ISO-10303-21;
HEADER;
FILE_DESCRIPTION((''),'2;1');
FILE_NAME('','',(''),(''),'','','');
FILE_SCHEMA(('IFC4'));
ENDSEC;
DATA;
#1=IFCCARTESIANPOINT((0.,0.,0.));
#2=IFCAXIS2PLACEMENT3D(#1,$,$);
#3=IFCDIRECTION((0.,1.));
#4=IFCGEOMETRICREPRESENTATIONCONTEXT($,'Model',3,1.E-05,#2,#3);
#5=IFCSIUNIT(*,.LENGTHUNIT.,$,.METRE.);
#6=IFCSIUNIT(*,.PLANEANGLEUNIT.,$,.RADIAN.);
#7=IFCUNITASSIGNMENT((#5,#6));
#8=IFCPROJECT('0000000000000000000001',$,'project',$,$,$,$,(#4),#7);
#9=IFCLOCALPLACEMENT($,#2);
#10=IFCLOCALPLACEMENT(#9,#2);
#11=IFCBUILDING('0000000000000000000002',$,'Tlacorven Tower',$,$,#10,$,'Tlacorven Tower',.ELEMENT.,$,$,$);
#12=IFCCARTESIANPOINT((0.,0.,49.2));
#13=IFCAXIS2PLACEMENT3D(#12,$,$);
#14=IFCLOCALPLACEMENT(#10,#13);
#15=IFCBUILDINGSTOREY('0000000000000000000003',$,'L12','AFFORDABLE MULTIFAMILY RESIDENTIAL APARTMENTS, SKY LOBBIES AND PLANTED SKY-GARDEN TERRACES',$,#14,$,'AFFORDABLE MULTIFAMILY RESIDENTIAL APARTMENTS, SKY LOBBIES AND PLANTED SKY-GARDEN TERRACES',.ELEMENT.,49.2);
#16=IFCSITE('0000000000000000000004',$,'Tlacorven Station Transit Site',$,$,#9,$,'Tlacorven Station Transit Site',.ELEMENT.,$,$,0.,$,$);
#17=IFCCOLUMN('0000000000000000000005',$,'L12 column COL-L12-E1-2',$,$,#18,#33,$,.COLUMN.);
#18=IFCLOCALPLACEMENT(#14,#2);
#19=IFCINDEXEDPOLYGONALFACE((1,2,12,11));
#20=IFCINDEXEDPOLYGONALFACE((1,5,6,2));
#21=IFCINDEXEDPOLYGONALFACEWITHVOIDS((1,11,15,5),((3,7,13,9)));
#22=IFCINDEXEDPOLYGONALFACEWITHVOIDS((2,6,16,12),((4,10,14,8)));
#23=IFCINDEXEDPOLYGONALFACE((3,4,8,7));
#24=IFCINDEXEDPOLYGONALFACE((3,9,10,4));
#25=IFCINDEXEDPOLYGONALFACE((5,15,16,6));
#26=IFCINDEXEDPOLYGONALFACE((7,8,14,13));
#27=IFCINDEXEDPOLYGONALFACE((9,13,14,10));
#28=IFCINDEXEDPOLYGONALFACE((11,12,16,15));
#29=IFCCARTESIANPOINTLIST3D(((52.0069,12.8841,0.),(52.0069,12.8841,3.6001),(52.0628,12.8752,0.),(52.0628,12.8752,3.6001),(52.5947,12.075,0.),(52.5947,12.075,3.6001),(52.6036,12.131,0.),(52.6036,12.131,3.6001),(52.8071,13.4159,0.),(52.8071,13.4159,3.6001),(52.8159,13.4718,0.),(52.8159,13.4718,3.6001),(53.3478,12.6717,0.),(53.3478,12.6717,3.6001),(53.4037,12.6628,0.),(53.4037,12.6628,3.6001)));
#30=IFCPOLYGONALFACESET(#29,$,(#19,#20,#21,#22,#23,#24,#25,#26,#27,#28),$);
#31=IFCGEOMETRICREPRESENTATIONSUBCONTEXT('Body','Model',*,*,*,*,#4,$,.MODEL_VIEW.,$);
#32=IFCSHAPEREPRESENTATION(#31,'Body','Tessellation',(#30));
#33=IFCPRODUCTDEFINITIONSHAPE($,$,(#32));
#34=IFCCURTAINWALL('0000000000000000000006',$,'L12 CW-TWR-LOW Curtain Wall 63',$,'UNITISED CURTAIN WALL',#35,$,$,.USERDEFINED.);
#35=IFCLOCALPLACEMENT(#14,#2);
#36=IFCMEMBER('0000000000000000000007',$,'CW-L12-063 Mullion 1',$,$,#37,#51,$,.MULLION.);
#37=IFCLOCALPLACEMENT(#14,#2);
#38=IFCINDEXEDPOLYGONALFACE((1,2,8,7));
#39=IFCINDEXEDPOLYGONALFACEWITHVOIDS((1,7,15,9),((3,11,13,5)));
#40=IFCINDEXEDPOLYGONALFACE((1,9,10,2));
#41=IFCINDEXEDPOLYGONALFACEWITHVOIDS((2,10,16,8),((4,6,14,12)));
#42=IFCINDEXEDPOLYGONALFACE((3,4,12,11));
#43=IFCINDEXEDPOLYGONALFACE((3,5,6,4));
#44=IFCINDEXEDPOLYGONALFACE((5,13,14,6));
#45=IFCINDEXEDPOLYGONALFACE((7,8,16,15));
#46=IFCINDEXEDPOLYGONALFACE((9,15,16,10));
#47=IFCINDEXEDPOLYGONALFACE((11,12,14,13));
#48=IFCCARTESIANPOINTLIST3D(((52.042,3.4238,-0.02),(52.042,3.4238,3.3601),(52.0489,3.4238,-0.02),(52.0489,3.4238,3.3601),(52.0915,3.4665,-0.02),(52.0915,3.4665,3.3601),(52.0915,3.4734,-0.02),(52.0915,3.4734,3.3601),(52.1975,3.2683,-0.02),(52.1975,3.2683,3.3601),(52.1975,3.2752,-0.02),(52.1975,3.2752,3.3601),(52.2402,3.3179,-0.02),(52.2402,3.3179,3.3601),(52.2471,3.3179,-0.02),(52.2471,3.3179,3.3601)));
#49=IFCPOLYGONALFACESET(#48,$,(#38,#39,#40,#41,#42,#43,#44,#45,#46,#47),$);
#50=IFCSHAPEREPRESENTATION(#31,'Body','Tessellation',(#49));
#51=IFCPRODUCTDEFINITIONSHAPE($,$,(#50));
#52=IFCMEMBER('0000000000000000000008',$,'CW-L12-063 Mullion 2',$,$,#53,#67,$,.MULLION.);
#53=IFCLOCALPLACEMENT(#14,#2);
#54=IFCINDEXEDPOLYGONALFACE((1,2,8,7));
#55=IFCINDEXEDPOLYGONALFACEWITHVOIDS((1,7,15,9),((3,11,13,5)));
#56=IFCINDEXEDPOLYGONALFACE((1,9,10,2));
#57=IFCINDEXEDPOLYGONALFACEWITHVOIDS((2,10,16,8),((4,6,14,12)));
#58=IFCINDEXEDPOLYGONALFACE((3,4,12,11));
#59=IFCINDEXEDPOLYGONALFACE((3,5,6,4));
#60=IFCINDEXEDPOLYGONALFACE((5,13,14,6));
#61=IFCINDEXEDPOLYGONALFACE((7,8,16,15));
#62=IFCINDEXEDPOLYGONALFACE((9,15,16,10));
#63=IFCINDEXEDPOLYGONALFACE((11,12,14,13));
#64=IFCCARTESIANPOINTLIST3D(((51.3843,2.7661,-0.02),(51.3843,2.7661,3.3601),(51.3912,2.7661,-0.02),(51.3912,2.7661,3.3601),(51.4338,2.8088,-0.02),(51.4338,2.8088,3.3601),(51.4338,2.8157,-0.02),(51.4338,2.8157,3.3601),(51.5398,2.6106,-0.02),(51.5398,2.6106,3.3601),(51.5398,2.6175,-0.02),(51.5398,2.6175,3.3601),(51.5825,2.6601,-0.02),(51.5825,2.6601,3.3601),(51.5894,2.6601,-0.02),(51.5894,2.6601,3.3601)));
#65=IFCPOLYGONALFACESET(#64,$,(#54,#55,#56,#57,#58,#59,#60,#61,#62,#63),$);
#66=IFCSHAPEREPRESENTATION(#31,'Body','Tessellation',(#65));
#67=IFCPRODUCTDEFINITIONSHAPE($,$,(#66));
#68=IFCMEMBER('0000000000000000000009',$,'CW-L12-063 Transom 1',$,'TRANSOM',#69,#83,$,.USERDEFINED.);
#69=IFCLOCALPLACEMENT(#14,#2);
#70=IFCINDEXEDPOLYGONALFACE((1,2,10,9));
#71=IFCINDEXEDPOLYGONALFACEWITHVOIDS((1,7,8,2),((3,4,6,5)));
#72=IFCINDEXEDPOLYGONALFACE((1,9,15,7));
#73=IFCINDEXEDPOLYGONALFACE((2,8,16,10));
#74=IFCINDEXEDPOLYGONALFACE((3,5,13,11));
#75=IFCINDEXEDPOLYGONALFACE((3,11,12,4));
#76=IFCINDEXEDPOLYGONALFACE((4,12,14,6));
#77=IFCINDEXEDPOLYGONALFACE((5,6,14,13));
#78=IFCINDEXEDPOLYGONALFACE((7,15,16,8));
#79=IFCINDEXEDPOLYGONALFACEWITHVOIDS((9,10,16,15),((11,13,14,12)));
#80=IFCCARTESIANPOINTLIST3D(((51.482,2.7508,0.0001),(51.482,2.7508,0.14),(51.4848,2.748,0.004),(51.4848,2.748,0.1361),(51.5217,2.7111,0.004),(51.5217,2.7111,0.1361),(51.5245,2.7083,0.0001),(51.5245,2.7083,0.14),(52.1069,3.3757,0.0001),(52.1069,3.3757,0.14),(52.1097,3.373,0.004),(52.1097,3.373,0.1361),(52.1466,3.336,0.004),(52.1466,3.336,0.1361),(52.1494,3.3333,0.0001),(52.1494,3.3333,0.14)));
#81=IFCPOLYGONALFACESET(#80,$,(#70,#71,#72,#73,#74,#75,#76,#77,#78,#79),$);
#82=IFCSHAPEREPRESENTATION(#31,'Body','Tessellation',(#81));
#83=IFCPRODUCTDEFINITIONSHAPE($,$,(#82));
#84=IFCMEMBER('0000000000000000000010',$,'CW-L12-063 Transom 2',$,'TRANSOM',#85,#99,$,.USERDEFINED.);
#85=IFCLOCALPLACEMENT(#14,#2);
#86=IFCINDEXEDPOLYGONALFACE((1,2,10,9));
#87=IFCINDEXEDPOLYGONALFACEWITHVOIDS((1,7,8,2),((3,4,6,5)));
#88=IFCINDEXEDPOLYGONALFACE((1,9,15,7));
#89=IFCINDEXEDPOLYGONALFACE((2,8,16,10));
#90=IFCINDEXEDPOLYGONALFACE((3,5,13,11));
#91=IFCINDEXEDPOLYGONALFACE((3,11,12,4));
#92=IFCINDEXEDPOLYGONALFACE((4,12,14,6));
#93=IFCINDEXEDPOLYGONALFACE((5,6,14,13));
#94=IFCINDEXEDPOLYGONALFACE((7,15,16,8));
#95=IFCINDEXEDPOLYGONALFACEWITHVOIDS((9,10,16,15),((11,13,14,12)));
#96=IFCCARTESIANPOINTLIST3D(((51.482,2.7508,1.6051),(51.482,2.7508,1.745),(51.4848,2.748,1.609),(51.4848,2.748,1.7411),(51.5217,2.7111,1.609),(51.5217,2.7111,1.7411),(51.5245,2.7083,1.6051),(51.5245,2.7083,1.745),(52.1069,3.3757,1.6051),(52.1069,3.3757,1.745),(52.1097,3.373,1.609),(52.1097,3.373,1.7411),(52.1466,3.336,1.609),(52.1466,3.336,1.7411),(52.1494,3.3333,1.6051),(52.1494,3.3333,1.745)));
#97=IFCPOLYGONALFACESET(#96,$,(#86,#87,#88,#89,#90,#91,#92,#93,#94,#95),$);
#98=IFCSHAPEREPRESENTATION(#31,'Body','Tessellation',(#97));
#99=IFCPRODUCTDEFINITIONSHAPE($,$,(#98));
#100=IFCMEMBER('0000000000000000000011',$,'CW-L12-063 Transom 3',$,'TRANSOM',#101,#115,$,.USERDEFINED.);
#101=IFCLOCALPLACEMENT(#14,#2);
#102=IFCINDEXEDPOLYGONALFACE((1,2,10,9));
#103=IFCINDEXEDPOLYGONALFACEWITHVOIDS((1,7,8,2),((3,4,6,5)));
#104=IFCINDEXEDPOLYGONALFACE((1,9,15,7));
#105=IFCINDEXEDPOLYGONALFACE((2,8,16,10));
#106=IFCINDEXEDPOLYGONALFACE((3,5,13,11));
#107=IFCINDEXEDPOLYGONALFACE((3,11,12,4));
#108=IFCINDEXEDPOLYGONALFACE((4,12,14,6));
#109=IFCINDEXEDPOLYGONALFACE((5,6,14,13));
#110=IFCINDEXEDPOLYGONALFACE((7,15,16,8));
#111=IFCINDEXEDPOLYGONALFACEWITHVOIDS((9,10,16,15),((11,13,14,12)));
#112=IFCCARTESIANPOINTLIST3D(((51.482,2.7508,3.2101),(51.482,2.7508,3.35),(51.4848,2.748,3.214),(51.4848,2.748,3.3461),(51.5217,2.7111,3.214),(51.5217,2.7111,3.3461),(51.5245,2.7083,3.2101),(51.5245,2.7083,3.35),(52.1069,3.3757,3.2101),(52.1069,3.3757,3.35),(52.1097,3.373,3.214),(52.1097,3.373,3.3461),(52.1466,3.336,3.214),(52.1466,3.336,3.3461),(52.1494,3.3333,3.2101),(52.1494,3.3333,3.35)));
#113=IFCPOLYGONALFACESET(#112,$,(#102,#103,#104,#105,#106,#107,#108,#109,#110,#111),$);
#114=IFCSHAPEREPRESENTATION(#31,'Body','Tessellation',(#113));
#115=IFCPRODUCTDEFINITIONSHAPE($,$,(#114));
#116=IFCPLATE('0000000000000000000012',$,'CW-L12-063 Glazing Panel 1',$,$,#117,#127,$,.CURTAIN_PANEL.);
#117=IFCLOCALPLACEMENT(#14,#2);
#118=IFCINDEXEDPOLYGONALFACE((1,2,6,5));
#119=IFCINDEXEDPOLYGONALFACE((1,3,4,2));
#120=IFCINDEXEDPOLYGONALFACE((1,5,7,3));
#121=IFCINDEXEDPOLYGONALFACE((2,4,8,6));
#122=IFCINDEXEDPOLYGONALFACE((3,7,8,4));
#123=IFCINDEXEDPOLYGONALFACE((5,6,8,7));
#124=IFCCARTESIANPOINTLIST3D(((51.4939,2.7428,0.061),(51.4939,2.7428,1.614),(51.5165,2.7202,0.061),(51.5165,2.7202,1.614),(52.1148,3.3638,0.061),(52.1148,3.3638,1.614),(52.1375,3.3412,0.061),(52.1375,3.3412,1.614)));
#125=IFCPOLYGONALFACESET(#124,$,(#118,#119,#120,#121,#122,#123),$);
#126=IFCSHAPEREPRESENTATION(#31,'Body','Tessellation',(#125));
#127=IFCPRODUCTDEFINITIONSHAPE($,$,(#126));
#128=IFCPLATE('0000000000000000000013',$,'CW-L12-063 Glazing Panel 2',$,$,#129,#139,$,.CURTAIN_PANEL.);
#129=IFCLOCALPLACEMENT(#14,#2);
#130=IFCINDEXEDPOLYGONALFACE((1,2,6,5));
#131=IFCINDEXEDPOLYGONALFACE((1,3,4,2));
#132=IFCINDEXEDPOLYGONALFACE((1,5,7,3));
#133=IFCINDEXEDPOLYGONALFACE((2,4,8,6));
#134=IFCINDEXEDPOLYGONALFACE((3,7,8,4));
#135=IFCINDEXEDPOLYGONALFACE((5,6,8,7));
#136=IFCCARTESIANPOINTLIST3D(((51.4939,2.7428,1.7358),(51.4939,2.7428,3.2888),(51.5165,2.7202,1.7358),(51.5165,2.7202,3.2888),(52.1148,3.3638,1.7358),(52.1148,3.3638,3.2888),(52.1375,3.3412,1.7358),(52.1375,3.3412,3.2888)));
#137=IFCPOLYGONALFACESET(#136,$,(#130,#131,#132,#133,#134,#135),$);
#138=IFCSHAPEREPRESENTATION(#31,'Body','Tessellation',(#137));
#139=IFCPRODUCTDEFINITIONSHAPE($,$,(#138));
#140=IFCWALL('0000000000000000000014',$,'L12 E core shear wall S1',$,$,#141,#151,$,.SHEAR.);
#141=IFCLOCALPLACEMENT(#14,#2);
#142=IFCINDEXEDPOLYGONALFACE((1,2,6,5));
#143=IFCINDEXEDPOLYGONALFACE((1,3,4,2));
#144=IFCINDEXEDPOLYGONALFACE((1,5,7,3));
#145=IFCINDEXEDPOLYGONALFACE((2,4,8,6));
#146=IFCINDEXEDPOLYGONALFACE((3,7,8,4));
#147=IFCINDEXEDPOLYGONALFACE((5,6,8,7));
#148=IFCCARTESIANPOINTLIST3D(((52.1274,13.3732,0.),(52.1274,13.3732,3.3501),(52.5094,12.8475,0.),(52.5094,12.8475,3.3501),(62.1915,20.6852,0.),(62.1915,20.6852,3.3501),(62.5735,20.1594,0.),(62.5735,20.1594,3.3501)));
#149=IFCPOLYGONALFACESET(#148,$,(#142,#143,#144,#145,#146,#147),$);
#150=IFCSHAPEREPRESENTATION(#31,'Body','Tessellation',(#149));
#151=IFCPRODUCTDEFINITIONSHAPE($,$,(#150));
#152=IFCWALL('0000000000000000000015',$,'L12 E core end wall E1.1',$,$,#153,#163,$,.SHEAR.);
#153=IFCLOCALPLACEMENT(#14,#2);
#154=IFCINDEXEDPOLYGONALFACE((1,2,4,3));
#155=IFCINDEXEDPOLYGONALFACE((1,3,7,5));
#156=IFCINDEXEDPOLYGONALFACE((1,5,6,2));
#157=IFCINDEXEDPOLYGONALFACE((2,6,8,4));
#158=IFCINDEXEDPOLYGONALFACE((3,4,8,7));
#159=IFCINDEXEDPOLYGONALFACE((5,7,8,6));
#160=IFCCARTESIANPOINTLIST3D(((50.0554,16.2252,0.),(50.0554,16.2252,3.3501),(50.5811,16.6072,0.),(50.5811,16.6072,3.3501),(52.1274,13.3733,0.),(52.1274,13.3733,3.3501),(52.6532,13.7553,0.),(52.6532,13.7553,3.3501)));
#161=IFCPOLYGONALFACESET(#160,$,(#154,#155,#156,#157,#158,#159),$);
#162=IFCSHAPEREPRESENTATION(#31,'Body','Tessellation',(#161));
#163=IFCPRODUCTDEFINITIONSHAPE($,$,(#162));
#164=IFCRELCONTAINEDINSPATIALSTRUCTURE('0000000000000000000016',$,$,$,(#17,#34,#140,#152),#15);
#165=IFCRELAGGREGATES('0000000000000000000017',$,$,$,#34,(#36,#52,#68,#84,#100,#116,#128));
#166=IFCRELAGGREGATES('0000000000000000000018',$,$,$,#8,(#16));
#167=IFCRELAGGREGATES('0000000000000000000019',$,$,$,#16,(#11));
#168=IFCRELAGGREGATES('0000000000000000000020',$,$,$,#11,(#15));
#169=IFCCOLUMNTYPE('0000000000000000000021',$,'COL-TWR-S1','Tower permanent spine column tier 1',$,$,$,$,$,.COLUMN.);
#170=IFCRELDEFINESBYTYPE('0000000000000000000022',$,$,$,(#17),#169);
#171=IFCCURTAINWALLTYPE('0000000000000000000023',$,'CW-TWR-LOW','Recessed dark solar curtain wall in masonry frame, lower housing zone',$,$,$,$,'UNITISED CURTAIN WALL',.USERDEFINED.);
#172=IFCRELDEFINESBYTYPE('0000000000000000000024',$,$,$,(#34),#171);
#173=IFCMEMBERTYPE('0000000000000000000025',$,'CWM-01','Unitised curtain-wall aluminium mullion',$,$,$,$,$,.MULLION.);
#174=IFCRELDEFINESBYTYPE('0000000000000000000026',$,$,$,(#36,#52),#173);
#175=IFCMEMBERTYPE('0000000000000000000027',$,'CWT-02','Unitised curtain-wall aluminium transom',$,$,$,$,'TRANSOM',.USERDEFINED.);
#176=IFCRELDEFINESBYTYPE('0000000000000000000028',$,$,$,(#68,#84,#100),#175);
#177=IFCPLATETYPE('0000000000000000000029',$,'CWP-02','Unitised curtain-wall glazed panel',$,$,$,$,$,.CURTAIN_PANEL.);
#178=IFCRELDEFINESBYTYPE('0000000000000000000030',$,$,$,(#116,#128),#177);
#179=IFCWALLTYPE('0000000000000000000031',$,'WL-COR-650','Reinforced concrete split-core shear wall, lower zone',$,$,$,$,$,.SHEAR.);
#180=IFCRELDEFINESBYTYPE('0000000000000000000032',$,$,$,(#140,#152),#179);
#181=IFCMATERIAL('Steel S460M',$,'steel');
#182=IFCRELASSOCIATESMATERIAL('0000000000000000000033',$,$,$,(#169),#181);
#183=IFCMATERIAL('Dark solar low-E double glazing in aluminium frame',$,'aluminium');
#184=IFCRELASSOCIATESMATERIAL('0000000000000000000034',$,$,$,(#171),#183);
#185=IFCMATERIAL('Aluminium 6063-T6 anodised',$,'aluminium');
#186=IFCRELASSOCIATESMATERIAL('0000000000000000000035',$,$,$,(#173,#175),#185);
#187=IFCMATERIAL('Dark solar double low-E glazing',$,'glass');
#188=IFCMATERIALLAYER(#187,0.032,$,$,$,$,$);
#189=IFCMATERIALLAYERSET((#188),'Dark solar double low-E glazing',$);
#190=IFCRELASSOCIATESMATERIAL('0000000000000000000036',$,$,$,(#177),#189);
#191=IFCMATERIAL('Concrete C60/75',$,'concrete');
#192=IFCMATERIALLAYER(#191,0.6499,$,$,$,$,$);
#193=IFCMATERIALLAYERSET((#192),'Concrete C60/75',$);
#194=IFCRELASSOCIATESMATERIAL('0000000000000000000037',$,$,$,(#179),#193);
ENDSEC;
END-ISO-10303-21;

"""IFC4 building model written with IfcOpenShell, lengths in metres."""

from ifc_helpers import new_model, si_unit, direction, frame, frame_2d, origin, origin_2d, place, context, subcontext, project, spatial, rectangle, hollow_rectangle, extrude, source, transform, mapped, material, layer, layer_set, material_profile, profile_set, type_object, element, aggregate, save


model = new_model("IFC4")

# Units and contexts
model_context = context("Model", 3, precision=1e-05, world=origin(), true_north=direction((0.0, 1.0)))
body_context = subcontext(model_context, "Body", "Model", "MODEL_VIEW")
ifc_project = project(units=[si_unit("LENGTHUNIT", "METRE"), si_unit("PLANEANGLEUNIT", "RADIAN")], contexts=[model_context])

# Site, building, storey
site_placement = place(None, origin())
site = spatial("IfcSite", under=ifc_project, at=site_placement, Name="Tlacorven Station Transit Site", LongName="Tlacorven Station Transit Site", CompositionType="ELEMENT", RefElevation=0.0)
building_placement = place(site_placement, origin())
building = spatial("IfcBuilding", under=site, at=building_placement, Name="Tlacorven Tower", LongName="Tlacorven Tower", CompositionType="ELEMENT")
storey_placement = place(building_placement, frame((0.0, 0.0, 49.2)))
storey = spatial("IfcBuildingStorey", under=building, at=storey_placement, Name="L12", Description="AFFORDABLE MULTIFAMILY RESIDENTIAL APARTMENTS, SKY LOBBIES AND PLANTED SKY-GARDEN TERRACES", LongName="AFFORDABLE MULTIFAMILY RESIDENTIAL APARTMENTS, SKY LOBBIES AND PLANTED SKY-GARDEN TERRACES", CompositionType="ELEMENT", Elevation=49.2)

# Column
ifc_material_1 = material(Name="Steel S460M", Category="steel")
ifc_material_profile_1 = material_profile(ifc_material_1, hollow_rectangle(XDim=1.0, YDim=1.0, WallThickness=0.04, at=origin_2d()), Name="BOX 1000X1000X40")
ifc_profile_set_1 = profile_set([ifc_material_profile_1], Name="Steel S460M")
column_type = type_object("IfcColumnType", Name="COL-TWR-S1", Description="Tower permanent spine column tier 1", PredefinedType="COLUMN", material=ifc_profile_set_1)
shared_shape_1 = source(origin(), body_context, "Body", "SweptSolid", [
    extrude(hollow_rectangle(XDim=1.0, YDim=1.0, WallThickness=0.04, at=origin_2d()), origin(), (0.0, 0.0, 1.0), 3.6001),
])
column_placement = place(storey_placement, frame((52.7053, 12.7734, 0.0), z_axis=(0.0, 0.0, 1.0), x_axis=(0.809017, 0.587785, 0.0)))
element("IfcColumn", 1, at=column_placement, inside=storey, type_object=column_type, Name="L12 column COL-L12-E1-2", PredefinedType="COLUMN", context=body_context, shape_type="MappedRepresentation", body=[
    mapped(shared_shape_1, transform((0.0, 0.0, 0.0), scale=1.0)),
])

# Curtain wall, members, plates
ifc_material_2 = material(Name="Dark solar low-E double glazing in aluminium frame", Category="aluminium")
curtain_wall_type = type_object("IfcCurtainWallType", Name="CW-TWR-LOW", Description="Recessed dark solar curtain wall in masonry frame, lower housing zone", ElementType="UNITISED CURTAIN WALL", PredefinedType="USERDEFINED", material=ifc_material_2)
curtain_wall_placement = place(storey_placement, origin())
curtain_wall = element("IfcCurtainWall", 2, at=curtain_wall_placement, inside=storey, type_object=curtain_wall_type, Name="L12 CW-TWR-LOW Curtain Wall 63", ObjectType="UNITISED CURTAIN WALL", PredefinedType="USERDEFINED")
ifc_material_3 = material(Name="Aluminium 6063-T6 anodised", Category="aluminium")
ifc_material_profile_2 = material_profile(ifc_material_3, hollow_rectangle(XDim=0.0701, YDim=0.22, WallThickness=0.0049, at=origin_2d()), Name="ALU MULLION 70X220")
ifc_profile_set_2 = profile_set([ifc_material_profile_2], Name="Aluminium 6063-T6 anodised")
member_type_1 = type_object("IfcMemberType", Name="CWM-01", Description="Unitised curtain-wall aluminium mullion", PredefinedType="MULLION", material=ifc_profile_set_2)
shared_shape_2 = source(origin(), body_context, "Body", "SweptSolid", [
    extrude(hollow_rectangle(XDim=0.0701, YDim=0.22, WallThickness=0.0049, at=origin_2d()), origin(), (0.0, 0.0, 1.0), 3.3801),
])
member_1_placement = place(storey_placement, frame((52.1445, 3.3708, -0.02), z_axis=(0.0, 0.0, 1.0), x_axis=(-0.707107, -0.707107, 0.0)))
member_1 = element("IfcMember", 3, at=member_1_placement, type_object=member_type_1, Name="CW-L12-063 Mullion 1", PredefinedType="MULLION", context=body_context, shape_type="MappedRepresentation", body=[
    mapped(shared_shape_2, transform((0.0, 0.0, 0.0), scale=1.0)),
])
member_2_placement = place(storey_placement, frame((51.4868, 2.7131, -0.02), z_axis=(0.0, 0.0, 1.0), x_axis=(-0.707107, -0.707107, 0.0)))
member_2 = element("IfcMember", 4, at=member_2_placement, type_object=member_type_1, Name="CW-L12-063 Mullion 2", PredefinedType="MULLION", context=body_context, shape_type="MappedRepresentation", body=[
    mapped(shared_shape_2, transform((0.0, 0.0, 0.0), scale=1.0)),
])
ifc_material_profile_3 = material_profile(ifc_material_3, hollow_rectangle(XDim=0.0601, YDim=0.1399, WallThickness=0.0039, at=origin_2d()), Name="ALU TRANSOM 60X140")
ifc_profile_set_3 = profile_set([ifc_material_profile_3], Name="Aluminium 6063-T6 anodised")
member_type_2 = type_object("IfcMemberType", Name="CWT-02", Description="Unitised curtain-wall aluminium transom", ElementType="TRANSOM", PredefinedType="USERDEFINED", material=ifc_profile_set_3)
shared_shape_3 = source(origin(), body_context, "Body", "SweptSolid", [
    extrude(hollow_rectangle(XDim=0.0601, YDim=0.1399, WallThickness=0.0039, at=origin_2d()), origin(), (0.0, 0.0, 1.0), 0.8838),
])
member_3_placement = place(storey_placement, frame((52.1282, 3.3545, 0.0701), z_axis=(-0.707107, -0.707107, 0.0), x_axis=(0.707107, -0.707107, 0.0)))
member_3 = element("IfcMember", 5, at=member_3_placement, type_object=member_type_2, Name="CW-L12-063 Transom 1", ObjectType="TRANSOM", PredefinedType="USERDEFINED", context=body_context, shape_type="MappedRepresentation", body=[
    mapped(shared_shape_3, transform((0.0, 0.0, 0.0), scale=1.0)),
])
member_4_placement = place(storey_placement, frame((52.1282, 3.3545, 1.675), z_axis=(-0.707107, -0.707107, 0.0), x_axis=(0.707107, -0.707107, 0.0)))
member_4 = element("IfcMember", 6, at=member_4_placement, type_object=member_type_2, Name="CW-L12-063 Transom 2", ObjectType="TRANSOM", PredefinedType="USERDEFINED", context=body_context, shape_type="MappedRepresentation", body=[
    mapped(shared_shape_3, transform((0.0, 0.0, 0.0), scale=1.0)),
])
member_5_placement = place(storey_placement, frame((52.1282, 3.3545, 3.28), z_axis=(-0.707107, -0.707107, 0.0), x_axis=(0.707107, -0.707107, 0.0)))
member_5 = element("IfcMember", 7, at=member_5_placement, type_object=member_type_2, Name="CW-L12-063 Transom 3", ObjectType="TRANSOM", PredefinedType="USERDEFINED", context=body_context, shape_type="MappedRepresentation", body=[
    mapped(shared_shape_3, transform((0.0, 0.0, 0.0), scale=1.0)),
])
ifc_material_4 = material(Name="Dark solar double low-E glazing", Category="glass")
ifc_layer_1 = layer(ifc_material_4, 0.032)
ifc_layer_set_1 = layer_set([ifc_layer_1], Name="Dark solar double low-E glazing")
plate_type = type_object("IfcPlateType", Name="CWP-02", Description="Unitised curtain-wall glazed panel", PredefinedType="CURTAIN_PANEL", material=ifc_layer_set_1)
shared_shape_4 = source(origin(), body_context, "Body", "SweptSolid", [
    extrude(rectangle(XDim=0.8782, YDim=0.032, at=origin_2d()), origin(), (0.0, 0.0, 1.0), 1.553),
])
plate_1_placement = place(storey_placement, frame((51.8157, 3.042, 0.061), z_axis=(0.0, 0.0, 1.0), x_axis=(-0.707107, -0.707107, 0.0)))
plate_1 = element("IfcPlate", 8, at=plate_1_placement, type_object=plate_type, Name="CW-L12-063 Glazing Panel 1", PredefinedType="CURTAIN_PANEL", context=body_context, shape_type="MappedRepresentation", body=[
    mapped(shared_shape_4, transform((0.0, 0.0, 0.0), scale=1.0)),
])
plate_2_placement = place(storey_placement, frame((51.8157, 3.042, 1.7358), z_axis=(0.0, 0.0, 1.0), x_axis=(-0.707107, -0.707107, 0.0)))
plate_2 = element("IfcPlate", 9, at=plate_2_placement, type_object=plate_type, Name="CW-L12-063 Glazing Panel 2", PredefinedType="CURTAIN_PANEL", context=body_context, shape_type="MappedRepresentation", body=[
    mapped(shared_shape_4, transform((0.0, 0.0, 0.0), scale=1.0)),
])
aggregate(curtain_wall, [member_1, member_2, member_3, member_4, member_5, plate_1, plate_2])

# Walls
ifc_material_5 = material(Name="Concrete C60/75", Category="concrete")
ifc_layer_2 = layer(ifc_material_5, 0.6499)
ifc_layer_set_2 = layer_set([ifc_layer_2], Name="Concrete C60/75")
wall_type_1 = type_object("IfcWallType", Name="WL-COR-650", Description="Reinforced concrete split-core shear wall, lower zone", PredefinedType="SHEAR", material=ifc_layer_set_2)
wall_1_placement = place(storey_placement, frame((52.3184, 13.1104, 0.0), z_axis=(0.0, 0.0, 1.0), x_axis=(0.809019, 0.587782, 0.0)))
element("IfcWall", 10, at=wall_1_placement, inside=storey, type_object=wall_type_1, Name="L12 E core shear wall S1", PredefinedType="SHEAR", context=body_context, shape_type="SweptSolid", body=[
    extrude(rectangle(XDim=12.4399, YDim=0.6499, at=frame_2d((6.22, 0.0))), origin(), (0.0, 0.0, 1.0), 3.3501),
])
wall_2_placement = place(storey_placement, frame((52.3904, 13.5642, 0.0), z_axis=(0.0, 0.0, 1.0), x_axis=(-0.587797, 0.809009, 0.0)))
element("IfcWall", 11, at=wall_2_placement, inside=storey, type_object=wall_type_1, Name="L12 E core end wall E1.1", PredefinedType="SHEAR", context=body_context, shape_type="SweptSolid", body=[
    extrude(rectangle(XDim=3.5251, YDim=0.6499, at=frame_2d((1.7627, 0.0))), origin(), (0.0, 0.0, 1.0), 3.3501),
])

save(model, "model.ifc")
